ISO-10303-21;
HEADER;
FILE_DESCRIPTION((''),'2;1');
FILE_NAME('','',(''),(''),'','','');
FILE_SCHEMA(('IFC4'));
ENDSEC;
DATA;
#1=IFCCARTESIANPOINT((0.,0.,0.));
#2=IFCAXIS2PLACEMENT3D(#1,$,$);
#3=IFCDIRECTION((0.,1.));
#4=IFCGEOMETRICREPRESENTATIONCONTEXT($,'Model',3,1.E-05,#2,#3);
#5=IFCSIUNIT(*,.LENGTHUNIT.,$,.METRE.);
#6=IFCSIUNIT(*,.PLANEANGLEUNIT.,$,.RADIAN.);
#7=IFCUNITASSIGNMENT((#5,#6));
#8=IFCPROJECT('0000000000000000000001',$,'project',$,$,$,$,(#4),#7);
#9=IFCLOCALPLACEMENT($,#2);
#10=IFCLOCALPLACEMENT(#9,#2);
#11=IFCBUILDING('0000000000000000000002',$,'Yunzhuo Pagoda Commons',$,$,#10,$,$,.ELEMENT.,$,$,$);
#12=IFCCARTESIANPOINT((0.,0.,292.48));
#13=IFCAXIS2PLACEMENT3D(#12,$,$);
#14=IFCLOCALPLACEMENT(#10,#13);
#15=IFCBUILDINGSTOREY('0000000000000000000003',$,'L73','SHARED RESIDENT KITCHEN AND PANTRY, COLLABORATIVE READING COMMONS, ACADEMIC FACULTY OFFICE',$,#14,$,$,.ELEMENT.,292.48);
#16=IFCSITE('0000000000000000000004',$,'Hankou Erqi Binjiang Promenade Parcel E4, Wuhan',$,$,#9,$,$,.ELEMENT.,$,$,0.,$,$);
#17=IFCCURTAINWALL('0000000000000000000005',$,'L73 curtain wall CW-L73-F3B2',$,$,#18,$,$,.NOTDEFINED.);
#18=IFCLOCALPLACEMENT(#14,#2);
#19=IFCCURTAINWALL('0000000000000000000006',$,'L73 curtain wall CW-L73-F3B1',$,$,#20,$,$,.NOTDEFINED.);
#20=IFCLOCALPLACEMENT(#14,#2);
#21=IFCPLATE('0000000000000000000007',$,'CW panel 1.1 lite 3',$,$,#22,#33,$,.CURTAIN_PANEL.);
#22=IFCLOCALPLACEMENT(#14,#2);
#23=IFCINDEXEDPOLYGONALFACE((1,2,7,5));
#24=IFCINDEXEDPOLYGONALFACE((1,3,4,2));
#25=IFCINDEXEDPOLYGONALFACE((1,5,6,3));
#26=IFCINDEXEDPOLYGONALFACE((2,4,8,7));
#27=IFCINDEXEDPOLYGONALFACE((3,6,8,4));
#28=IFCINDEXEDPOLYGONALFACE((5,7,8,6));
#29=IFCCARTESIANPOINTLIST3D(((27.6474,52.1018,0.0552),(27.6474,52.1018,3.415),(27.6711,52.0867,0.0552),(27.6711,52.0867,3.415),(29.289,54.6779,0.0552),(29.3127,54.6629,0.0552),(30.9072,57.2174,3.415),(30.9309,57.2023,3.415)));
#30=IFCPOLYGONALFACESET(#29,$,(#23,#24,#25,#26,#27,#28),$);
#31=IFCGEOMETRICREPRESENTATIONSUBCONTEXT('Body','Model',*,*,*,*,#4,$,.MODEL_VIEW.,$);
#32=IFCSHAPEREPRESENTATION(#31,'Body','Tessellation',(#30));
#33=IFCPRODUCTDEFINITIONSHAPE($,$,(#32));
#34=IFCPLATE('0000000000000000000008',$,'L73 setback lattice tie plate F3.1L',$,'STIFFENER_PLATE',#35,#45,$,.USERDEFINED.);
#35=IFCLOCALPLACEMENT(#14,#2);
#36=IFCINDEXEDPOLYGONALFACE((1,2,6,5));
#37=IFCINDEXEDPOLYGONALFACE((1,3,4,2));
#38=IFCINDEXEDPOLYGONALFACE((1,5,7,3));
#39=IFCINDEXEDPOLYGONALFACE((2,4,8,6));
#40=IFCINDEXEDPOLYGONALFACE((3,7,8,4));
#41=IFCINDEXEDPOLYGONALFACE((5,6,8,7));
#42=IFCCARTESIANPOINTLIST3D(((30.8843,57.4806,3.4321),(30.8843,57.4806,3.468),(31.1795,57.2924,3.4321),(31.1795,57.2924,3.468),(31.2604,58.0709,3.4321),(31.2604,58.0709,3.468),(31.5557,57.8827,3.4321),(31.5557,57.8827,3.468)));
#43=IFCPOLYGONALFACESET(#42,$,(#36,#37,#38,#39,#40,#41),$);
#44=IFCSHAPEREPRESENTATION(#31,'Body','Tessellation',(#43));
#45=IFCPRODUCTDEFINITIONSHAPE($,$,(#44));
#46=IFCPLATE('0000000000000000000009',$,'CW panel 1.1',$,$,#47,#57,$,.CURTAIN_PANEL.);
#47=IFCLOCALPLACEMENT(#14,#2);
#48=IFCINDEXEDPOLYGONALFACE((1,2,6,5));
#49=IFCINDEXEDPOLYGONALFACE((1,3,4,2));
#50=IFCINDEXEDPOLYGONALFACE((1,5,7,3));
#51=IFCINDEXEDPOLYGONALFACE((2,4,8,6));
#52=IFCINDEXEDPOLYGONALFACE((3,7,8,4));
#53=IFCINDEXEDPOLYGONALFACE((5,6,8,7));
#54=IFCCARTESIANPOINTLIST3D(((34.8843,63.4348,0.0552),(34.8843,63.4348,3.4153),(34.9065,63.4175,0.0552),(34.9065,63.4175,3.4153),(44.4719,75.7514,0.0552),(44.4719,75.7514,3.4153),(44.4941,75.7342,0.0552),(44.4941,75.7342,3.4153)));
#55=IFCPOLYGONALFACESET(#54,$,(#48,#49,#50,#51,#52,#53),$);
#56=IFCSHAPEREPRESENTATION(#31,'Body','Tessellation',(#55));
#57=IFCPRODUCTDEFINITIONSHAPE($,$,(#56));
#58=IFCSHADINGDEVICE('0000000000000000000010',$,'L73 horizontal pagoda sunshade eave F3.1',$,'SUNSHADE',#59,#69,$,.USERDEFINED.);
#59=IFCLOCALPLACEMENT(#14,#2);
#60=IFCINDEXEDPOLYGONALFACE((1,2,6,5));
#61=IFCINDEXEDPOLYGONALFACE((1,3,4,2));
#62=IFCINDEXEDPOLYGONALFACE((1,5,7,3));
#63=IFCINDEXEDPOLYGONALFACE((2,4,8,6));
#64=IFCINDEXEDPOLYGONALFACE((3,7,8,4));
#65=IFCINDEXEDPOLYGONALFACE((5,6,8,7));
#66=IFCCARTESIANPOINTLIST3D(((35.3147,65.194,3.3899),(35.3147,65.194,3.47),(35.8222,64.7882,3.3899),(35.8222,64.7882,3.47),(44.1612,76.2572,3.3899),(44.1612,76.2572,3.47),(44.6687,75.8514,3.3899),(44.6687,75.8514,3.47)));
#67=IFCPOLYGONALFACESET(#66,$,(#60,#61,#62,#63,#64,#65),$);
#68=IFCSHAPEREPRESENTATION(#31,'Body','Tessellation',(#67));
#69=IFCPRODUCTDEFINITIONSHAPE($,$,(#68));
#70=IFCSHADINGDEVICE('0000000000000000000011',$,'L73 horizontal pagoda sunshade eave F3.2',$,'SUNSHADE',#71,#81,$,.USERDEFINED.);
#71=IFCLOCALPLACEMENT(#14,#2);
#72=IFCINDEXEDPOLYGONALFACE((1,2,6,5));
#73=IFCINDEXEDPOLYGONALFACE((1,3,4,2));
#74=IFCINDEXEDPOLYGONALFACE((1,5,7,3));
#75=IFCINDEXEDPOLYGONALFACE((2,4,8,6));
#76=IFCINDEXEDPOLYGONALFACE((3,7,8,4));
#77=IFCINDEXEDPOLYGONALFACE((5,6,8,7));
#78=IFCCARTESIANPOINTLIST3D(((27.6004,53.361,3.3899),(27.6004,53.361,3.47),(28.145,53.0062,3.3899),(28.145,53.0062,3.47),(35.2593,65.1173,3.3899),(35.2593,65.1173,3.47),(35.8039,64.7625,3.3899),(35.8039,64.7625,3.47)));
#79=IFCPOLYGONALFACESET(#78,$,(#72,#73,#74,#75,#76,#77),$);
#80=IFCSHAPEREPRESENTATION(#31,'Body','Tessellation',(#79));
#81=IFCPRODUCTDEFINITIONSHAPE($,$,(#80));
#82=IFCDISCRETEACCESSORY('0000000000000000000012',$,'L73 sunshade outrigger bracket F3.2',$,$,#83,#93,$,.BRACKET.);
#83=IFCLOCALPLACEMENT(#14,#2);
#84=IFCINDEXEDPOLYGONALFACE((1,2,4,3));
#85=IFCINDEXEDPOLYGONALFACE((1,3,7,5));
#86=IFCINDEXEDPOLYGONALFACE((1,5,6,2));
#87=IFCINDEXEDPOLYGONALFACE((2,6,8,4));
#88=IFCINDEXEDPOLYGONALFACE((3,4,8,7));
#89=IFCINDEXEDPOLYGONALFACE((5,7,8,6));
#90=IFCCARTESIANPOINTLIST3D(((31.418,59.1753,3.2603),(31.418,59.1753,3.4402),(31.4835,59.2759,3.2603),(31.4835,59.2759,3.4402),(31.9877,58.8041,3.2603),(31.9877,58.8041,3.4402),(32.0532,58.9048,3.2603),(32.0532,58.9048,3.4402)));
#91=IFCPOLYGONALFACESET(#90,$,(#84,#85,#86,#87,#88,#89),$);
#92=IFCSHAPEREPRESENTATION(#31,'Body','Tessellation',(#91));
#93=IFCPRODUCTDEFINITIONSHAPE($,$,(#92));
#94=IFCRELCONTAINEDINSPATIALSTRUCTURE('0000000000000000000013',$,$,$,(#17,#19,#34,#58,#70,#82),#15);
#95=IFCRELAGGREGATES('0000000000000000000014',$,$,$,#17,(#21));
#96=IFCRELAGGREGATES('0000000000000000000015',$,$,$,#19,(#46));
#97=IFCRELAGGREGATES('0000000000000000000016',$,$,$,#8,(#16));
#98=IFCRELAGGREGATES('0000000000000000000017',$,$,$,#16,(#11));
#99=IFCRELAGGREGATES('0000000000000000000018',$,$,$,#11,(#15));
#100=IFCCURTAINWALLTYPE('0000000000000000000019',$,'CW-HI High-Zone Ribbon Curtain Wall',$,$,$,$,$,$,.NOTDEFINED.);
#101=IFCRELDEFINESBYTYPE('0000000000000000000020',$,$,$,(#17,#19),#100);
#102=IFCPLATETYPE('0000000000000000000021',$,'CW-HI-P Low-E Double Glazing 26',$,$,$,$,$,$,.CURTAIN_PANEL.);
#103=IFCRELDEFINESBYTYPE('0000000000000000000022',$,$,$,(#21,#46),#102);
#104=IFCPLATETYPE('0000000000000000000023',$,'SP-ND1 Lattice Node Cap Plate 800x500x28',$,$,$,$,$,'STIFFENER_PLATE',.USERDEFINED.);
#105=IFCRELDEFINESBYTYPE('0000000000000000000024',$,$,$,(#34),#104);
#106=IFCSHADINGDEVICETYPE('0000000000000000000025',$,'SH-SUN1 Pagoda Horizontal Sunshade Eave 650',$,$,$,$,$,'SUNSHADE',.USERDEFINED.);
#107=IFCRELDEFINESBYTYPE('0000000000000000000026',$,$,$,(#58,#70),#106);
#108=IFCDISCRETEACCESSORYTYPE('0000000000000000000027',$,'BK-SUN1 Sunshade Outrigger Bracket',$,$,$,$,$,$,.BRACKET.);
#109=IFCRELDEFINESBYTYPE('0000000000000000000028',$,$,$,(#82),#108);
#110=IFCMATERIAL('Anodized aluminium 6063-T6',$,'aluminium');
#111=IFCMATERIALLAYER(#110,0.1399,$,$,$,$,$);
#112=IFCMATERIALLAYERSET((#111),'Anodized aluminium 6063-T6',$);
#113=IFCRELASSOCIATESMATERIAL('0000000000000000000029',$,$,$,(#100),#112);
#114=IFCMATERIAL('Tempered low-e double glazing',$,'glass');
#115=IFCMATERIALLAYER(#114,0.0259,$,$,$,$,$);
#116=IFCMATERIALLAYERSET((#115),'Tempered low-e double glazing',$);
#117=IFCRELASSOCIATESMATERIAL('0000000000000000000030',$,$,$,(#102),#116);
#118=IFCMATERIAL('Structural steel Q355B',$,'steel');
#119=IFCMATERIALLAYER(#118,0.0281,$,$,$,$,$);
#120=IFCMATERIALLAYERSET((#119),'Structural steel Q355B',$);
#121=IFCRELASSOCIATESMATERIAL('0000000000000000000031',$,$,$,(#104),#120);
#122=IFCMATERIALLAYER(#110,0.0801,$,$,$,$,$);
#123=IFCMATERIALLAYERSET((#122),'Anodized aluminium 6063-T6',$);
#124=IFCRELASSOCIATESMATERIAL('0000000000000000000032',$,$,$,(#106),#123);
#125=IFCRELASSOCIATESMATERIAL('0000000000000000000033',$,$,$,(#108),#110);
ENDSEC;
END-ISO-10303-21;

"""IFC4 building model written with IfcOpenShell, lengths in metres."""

from ifc_helpers import new_model, si_unit, direction, frame, origin, origin_2d, place, context, subcontext, project, spatial, polyline, rectangle, outline, extrude, source, transform, mapped, material, layer, layer_set, type_object, element, aggregate, save


model = new_model("IFC4")

# Units and contexts
model_context = context("Model", 3, precision=1e-05, world=origin(), true_north=direction((0.0, 1.0)))
body_context = subcontext(model_context, "Body", "Model", "MODEL_VIEW")
ifc_project = project(units=[si_unit("LENGTHUNIT", "METRE"), si_unit("PLANEANGLEUNIT", "RADIAN")], contexts=[model_context])

# Site, building, storey
site_placement = place(None, origin())
site = spatial("IfcSite", under=ifc_project, at=site_placement, Name="Hankou Erqi Binjiang Promenade Parcel E4, Wuhan", CompositionType="ELEMENT", RefElevation=0.0)
building_placement = place(site_placement, origin())
building = spatial("IfcBuilding", under=site, at=building_placement, Name="Yunzhuo Pagoda Commons", CompositionType="ELEMENT")
storey_placement = place(building_placement, frame((0.0, 0.0, 292.48)))
storey = spatial("IfcBuildingStorey", under=building, at=storey_placement, Name="L73", Description="SHARED RESIDENT KITCHEN AND PANTRY, COLLABORATIVE READING COMMONS, ACADEMIC FACULTY OFFICE", CompositionType="ELEMENT", Elevation=292.48)

# Shared definitions
ifc_material_1 = material(Name="Structural steel Q355B", Category="steel")

# Curtain walls
ifc_material_2 = material(Name="Anodized aluminium 6063-T6", Category="aluminium")
ifc_layer_1 = layer(ifc_material_2, 0.1399)
ifc_layer_set_1 = layer_set([ifc_layer_1], Name="Anodized aluminium 6063-T6")
curtain_wall_type = type_object("IfcCurtainWallType", Name="CW-HI High-Zone Ribbon Curtain Wall", PredefinedType="NOTDEFINED", material=ifc_layer_set_1)
curtain_wall_1_placement = place(storey_placement, origin())
curtain_wall_1 = element("IfcCurtainWall", 1, at=curtain_wall_1_placement, inside=storey, type_object=curtain_wall_type, Name="L73 curtain wall CW-L73-F3B2", PredefinedType="NOTDEFINED")
curtain_wall_2_placement = place(storey_placement, origin())
curtain_wall_2 = element("IfcCurtainWall", 2, at=curtain_wall_2_placement, inside=storey, type_object=curtain_wall_type, Name="L73 curtain wall CW-L73-F3B1", PredefinedType="NOTDEFINED")

# Plates
ifc_material_3 = material(Name="Tempered low-e double glazing", Category="glass")
ifc_layer_2 = layer(ifc_material_3, 0.0259)
ifc_layer_set_2 = layer_set([ifc_layer_2], Name="Tempered low-e double glazing")
plate_type_1 = type_object("IfcPlateType", Name="CW-HI-P Low-E Double Glazing 26", PredefinedType="CURTAIN_PANEL", material=ifc_layer_set_2)
plate_1_placement = place(storey_placement, frame((29.301, 54.6445, 1.7351), z_axis=(-0.84333, 0.537397, 0.0), x_axis=(-0.537397, -0.84333, 0.0)))
plate_1 = element("IfcPlate", 3, at=plate_1_placement, type_object=plate_type_1, Name="CW panel 1.1 lite 3", PredefinedType="CURTAIN_PANEL", context=body_context, shape_type="SweptSolid", body=[
    extrude(outline(polyline([(-3.033, 1.6799), (-0.0217, -1.6799), (3.033, -1.6799), (3.033, 1.6799), (-3.033, 1.6799)])), origin(), (0.0, 0.0, 1.0), 0.0281),
])
aggregate(curtain_wall_1, [plate_1])
ifc_layer_3 = layer(ifc_material_1, 0.0281)
ifc_layer_set_3 = layer_set([ifc_layer_3], Name="Structural steel Q355B")
plate_type_2 = type_object("IfcPlateType", Name="SP-ND1 Lattice Node Cap Plate 800x500x28", ElementType="STIFFENER_PLATE", PredefinedType="USERDEFINED", material=ifc_layer_set_3)
shared_shape_1 = source(origin(), body_context, "Body", "SweptSolid", [
    extrude(rectangle(XDim=0.7, YDim=0.3501, at=origin_2d()), origin(), (0.0, 0.0, 1.0), 0.0359),
])
plate_2_placement = place(storey_placement, frame((31.22, 57.6816, 3.4321), z_axis=(0.0, 0.0, 1.0), x_axis=(-0.537403, -0.843326, 0.0)))
element("IfcPlate", 4, at=plate_2_placement, inside=storey, type_object=plate_type_2, Name="L73 setback lattice tie plate F3.1L", ObjectType="STIFFENER_PLATE", PredefinedType="USERDEFINED", context=body_context, shape_type="MappedRepresentation", body=[
    mapped(shared_shape_1, transform((0.0, 0.0, 0.0), scale=1.0)),
])
shared_shape_2 = source(origin(), body_context, "Body", "SweptSolid", [
    extrude(rectangle(XDim=15.6084, YDim=0.0281, at=origin_2d()), origin(), (0.0, 0.0, 1.0), 3.3601),
])
plate_3_placement = place(storey_placement, frame((39.6892, 69.5845, 0.0552), z_axis=(0.0, 0.0, 1.0), x_axis=(-0.614261, -0.789103, 0.0)))
plate_3 = element("IfcPlate", 5, at=plate_3_placement, type_object=plate_type_1, Name="CW panel 1.1", PredefinedType="CURTAIN_PANEL", context=body_context, shape_type="MappedRepresentation", body=[
    mapped(shared_shape_2, transform((0.0, 0.0, 0.0), scale=1.0)),
])
aggregate(curtain_wall_2, [plate_3])

# Shading devices
ifc_layer_4 = layer(ifc_material_2, 0.0801)
ifc_layer_set_4 = layer_set([ifc_layer_4], Name="Anodized aluminium 6063-T6")
shading_device_type = type_object("IfcShadingDeviceType", Name="SH-SUN1 Pagoda Horizontal Sunshade Eave 650", ElementType="SUNSHADE", PredefinedType="USERDEFINED", material=ifc_layer_set_4)
shared_shape_3 = source(origin(), body_context, "Body", "SweptSolid", [
    extrude(rectangle(XDim=14.1653, YDim=0.6499, at=origin_2d()), origin(), (0.0, 0.0, 1.0), 0.0801),
])
shading_device_1_placement = place(storey_placement, frame((39.9917, 70.5227, 3.3899), z_axis=(0.0, 0.0, 1.0), x_axis=(-0.62452, -0.781008, 0.0)))
element("IfcShadingDevice", 6, at=shading_device_1_placement, inside=storey, type_object=shading_device_type, Name="L73 horizontal pagoda sunshade eave F3.1", ObjectType="SUNSHADE", PredefinedType="USERDEFINED", context=body_context, shape_type="MappedRepresentation", body=[
    mapped(shared_shape_3, transform((0.0, 0.0, 0.0), scale=1.0)),
])
shared_shape_4 = source(origin(), body_context, "Body", "SweptSolid", [
    extrude(rectangle(XDim=14.031, YDim=0.6499, at=origin_2d()), origin(), (0.0, 0.0, 1.0), 0.0801),
])
shading_device_2_placement = place(storey_placement, frame((31.7021, 59.0618, 3.3899), z_axis=(0.0, 0.0, 1.0), x_axis=(-0.545853, -0.837881, 0.0)))
element("IfcShadingDevice", 7, at=shading_device_2_placement, inside=storey, type_object=shading_device_type, Name="L73 horizontal pagoda sunshade eave F3.2", ObjectType="SUNSHADE", PredefinedType="USERDEFINED", context=body_context, shape_type="MappedRepresentation", body=[
    mapped(shared_shape_4, transform((0.0, 0.0, 0.0), scale=1.0)),
])

# Discrete accessory
discrete_accessory_type = type_object("IfcDiscreteAccessoryType", Name="BK-SUN1 Sunshade Outrigger Bracket", PredefinedType="BRACKET", material=ifc_material_2)
shared_shape_5 = source(origin(), body_context, "Body", "SweptSolid", [
    extrude(rectangle(XDim=0.1201, YDim=0.6799, at=origin_2d()), origin(), (0.0, 0.0, 1.0), 0.1799),
])
discrete_accessory_placement = place(storey_placement, frame((31.7356, 59.04, 3.2603), z_axis=(0.0, 0.0, 1.0), x_axis=(-0.545853, -0.837881, 0.0)))
element("IfcDiscreteAccessory", 8, at=discrete_accessory_placement, inside=storey, type_object=discrete_accessory_type, Name="L73 sunshade outrigger bracket F3.2", PredefinedType="BRACKET", context=body_context, shape_type="MappedRepresentation", body=[
    mapped(shared_shape_5, transform((0.0, 0.0, 0.0), scale=1.0)),
])

save(model, "model.ifc")
